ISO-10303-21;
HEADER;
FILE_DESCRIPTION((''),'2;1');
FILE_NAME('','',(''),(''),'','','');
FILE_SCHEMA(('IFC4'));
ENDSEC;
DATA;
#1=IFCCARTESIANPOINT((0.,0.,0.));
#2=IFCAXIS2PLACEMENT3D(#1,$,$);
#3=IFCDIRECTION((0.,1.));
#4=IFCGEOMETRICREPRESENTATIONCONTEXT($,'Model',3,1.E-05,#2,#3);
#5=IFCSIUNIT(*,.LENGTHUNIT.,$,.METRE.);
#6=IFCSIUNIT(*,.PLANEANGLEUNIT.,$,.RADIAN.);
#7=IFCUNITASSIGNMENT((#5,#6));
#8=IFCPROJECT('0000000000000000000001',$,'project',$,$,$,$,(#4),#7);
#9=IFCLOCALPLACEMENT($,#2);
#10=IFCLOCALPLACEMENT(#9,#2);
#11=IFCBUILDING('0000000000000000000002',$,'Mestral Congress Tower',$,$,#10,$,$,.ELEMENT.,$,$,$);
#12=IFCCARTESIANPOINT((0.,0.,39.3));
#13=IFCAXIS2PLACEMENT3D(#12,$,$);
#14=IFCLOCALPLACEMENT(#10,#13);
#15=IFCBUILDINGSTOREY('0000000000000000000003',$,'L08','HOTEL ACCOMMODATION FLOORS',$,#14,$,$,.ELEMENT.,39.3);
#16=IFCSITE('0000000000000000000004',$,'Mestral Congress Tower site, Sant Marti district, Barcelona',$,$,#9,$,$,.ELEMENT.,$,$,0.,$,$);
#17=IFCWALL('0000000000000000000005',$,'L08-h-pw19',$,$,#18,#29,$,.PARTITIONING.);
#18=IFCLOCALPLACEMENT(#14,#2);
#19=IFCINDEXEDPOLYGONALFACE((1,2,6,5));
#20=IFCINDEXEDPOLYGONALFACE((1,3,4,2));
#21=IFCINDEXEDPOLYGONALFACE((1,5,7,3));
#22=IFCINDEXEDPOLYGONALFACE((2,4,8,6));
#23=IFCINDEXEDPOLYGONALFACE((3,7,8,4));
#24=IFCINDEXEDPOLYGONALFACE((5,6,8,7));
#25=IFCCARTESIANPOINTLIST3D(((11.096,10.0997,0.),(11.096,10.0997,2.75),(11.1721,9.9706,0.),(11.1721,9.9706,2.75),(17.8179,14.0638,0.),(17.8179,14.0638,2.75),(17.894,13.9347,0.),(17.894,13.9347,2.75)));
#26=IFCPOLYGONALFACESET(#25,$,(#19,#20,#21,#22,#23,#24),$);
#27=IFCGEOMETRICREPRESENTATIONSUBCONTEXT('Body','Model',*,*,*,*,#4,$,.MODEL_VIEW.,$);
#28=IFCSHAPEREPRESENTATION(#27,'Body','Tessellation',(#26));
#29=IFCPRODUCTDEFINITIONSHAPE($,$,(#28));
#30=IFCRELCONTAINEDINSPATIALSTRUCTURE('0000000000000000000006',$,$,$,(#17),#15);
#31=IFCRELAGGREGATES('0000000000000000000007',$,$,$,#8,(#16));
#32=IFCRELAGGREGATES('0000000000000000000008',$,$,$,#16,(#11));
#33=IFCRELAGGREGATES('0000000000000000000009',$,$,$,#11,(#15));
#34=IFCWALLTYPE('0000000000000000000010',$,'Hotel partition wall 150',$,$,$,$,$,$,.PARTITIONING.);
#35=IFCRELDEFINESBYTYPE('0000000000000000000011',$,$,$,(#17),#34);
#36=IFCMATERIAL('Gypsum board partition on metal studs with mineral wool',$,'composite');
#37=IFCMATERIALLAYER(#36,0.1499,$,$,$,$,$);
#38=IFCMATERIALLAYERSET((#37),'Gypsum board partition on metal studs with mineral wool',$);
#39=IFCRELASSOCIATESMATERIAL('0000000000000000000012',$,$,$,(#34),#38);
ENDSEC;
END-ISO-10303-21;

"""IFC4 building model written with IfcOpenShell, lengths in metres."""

from ifc_helpers import new_model, si_unit, direction, frame, frame_2d, origin, place, context, subcontext, project, spatial, rectangle, extrude, material, layer, layer_set, type_object, element, save


model = new_model("IFC4")

# Units and contexts
model_context = context("Model", 3, precision=1e-05, world=origin(), true_north=direction((0.0, 1.0)))
body_context = subcontext(model_context, "Body", "Model", "MODEL_VIEW")
ifc_project = project(units=[si_unit("LENGTHUNIT", "METRE"), si_unit("PLANEANGLEUNIT", "RADIAN")], contexts=[model_context])

# Site, building, storey
site_placement = place(None, origin())
site = spatial("IfcSite", under=ifc_project, at=site_placement, Name="Mestral Congress Tower site, Sant Marti district, Barcelona", CompositionType="ELEMENT", RefElevation=0.0)
building_placement = place(site_placement, origin())
building = spatial("IfcBuilding", under=site, at=building_placement, Name="Mestral Congress Tower", CompositionType="ELEMENT")
storey_placement = place(building_placement, frame((0.0, 0.0, 39.3)))
storey = spatial("IfcBuildingStorey", under=building, at=storey_placement, Name="L08", Description="HOTEL ACCOMMODATION FLOORS", CompositionType="ELEMENT", Elevation=39.3)

# Shared definitions
ifc_material_1 = material(Name="Gypsum board partition on metal studs with mineral wool", Category="composite")

# Wall
ifc_layer_1 = layer(ifc_material_1, 0.1499)
ifc_layer_set_1 = layer_set([ifc_layer_1], Name="Gypsum board partition on metal studs with mineral wool")
wall_type_1 = type_object("IfcWallType", Name="Hotel partition wall 150", PredefinedType="PARTITIONING", material=ifc_layer_set_1)
wall_1_placement = place(storey_placement, frame((17.856, 13.9993, 0.0), z_axis=(0.0, 0.0, 1.0), x_axis=(-0.861372, -0.507975, 0.0)))
element("IfcWall", 1, at=wall_1_placement, inside=storey, type_object=wall_type_1, Name="L08-h-pw19", PredefinedType="PARTITIONING", context=body_context, shape_type="SweptSolid", body=[
    extrude(rectangle(XDim=7.8037, YDim=0.1499, at=frame_2d((3.9019, 0.0))), origin(), (0.0, 0.0, 1.0), 2.75),
])

save(model, "model.ifc")
